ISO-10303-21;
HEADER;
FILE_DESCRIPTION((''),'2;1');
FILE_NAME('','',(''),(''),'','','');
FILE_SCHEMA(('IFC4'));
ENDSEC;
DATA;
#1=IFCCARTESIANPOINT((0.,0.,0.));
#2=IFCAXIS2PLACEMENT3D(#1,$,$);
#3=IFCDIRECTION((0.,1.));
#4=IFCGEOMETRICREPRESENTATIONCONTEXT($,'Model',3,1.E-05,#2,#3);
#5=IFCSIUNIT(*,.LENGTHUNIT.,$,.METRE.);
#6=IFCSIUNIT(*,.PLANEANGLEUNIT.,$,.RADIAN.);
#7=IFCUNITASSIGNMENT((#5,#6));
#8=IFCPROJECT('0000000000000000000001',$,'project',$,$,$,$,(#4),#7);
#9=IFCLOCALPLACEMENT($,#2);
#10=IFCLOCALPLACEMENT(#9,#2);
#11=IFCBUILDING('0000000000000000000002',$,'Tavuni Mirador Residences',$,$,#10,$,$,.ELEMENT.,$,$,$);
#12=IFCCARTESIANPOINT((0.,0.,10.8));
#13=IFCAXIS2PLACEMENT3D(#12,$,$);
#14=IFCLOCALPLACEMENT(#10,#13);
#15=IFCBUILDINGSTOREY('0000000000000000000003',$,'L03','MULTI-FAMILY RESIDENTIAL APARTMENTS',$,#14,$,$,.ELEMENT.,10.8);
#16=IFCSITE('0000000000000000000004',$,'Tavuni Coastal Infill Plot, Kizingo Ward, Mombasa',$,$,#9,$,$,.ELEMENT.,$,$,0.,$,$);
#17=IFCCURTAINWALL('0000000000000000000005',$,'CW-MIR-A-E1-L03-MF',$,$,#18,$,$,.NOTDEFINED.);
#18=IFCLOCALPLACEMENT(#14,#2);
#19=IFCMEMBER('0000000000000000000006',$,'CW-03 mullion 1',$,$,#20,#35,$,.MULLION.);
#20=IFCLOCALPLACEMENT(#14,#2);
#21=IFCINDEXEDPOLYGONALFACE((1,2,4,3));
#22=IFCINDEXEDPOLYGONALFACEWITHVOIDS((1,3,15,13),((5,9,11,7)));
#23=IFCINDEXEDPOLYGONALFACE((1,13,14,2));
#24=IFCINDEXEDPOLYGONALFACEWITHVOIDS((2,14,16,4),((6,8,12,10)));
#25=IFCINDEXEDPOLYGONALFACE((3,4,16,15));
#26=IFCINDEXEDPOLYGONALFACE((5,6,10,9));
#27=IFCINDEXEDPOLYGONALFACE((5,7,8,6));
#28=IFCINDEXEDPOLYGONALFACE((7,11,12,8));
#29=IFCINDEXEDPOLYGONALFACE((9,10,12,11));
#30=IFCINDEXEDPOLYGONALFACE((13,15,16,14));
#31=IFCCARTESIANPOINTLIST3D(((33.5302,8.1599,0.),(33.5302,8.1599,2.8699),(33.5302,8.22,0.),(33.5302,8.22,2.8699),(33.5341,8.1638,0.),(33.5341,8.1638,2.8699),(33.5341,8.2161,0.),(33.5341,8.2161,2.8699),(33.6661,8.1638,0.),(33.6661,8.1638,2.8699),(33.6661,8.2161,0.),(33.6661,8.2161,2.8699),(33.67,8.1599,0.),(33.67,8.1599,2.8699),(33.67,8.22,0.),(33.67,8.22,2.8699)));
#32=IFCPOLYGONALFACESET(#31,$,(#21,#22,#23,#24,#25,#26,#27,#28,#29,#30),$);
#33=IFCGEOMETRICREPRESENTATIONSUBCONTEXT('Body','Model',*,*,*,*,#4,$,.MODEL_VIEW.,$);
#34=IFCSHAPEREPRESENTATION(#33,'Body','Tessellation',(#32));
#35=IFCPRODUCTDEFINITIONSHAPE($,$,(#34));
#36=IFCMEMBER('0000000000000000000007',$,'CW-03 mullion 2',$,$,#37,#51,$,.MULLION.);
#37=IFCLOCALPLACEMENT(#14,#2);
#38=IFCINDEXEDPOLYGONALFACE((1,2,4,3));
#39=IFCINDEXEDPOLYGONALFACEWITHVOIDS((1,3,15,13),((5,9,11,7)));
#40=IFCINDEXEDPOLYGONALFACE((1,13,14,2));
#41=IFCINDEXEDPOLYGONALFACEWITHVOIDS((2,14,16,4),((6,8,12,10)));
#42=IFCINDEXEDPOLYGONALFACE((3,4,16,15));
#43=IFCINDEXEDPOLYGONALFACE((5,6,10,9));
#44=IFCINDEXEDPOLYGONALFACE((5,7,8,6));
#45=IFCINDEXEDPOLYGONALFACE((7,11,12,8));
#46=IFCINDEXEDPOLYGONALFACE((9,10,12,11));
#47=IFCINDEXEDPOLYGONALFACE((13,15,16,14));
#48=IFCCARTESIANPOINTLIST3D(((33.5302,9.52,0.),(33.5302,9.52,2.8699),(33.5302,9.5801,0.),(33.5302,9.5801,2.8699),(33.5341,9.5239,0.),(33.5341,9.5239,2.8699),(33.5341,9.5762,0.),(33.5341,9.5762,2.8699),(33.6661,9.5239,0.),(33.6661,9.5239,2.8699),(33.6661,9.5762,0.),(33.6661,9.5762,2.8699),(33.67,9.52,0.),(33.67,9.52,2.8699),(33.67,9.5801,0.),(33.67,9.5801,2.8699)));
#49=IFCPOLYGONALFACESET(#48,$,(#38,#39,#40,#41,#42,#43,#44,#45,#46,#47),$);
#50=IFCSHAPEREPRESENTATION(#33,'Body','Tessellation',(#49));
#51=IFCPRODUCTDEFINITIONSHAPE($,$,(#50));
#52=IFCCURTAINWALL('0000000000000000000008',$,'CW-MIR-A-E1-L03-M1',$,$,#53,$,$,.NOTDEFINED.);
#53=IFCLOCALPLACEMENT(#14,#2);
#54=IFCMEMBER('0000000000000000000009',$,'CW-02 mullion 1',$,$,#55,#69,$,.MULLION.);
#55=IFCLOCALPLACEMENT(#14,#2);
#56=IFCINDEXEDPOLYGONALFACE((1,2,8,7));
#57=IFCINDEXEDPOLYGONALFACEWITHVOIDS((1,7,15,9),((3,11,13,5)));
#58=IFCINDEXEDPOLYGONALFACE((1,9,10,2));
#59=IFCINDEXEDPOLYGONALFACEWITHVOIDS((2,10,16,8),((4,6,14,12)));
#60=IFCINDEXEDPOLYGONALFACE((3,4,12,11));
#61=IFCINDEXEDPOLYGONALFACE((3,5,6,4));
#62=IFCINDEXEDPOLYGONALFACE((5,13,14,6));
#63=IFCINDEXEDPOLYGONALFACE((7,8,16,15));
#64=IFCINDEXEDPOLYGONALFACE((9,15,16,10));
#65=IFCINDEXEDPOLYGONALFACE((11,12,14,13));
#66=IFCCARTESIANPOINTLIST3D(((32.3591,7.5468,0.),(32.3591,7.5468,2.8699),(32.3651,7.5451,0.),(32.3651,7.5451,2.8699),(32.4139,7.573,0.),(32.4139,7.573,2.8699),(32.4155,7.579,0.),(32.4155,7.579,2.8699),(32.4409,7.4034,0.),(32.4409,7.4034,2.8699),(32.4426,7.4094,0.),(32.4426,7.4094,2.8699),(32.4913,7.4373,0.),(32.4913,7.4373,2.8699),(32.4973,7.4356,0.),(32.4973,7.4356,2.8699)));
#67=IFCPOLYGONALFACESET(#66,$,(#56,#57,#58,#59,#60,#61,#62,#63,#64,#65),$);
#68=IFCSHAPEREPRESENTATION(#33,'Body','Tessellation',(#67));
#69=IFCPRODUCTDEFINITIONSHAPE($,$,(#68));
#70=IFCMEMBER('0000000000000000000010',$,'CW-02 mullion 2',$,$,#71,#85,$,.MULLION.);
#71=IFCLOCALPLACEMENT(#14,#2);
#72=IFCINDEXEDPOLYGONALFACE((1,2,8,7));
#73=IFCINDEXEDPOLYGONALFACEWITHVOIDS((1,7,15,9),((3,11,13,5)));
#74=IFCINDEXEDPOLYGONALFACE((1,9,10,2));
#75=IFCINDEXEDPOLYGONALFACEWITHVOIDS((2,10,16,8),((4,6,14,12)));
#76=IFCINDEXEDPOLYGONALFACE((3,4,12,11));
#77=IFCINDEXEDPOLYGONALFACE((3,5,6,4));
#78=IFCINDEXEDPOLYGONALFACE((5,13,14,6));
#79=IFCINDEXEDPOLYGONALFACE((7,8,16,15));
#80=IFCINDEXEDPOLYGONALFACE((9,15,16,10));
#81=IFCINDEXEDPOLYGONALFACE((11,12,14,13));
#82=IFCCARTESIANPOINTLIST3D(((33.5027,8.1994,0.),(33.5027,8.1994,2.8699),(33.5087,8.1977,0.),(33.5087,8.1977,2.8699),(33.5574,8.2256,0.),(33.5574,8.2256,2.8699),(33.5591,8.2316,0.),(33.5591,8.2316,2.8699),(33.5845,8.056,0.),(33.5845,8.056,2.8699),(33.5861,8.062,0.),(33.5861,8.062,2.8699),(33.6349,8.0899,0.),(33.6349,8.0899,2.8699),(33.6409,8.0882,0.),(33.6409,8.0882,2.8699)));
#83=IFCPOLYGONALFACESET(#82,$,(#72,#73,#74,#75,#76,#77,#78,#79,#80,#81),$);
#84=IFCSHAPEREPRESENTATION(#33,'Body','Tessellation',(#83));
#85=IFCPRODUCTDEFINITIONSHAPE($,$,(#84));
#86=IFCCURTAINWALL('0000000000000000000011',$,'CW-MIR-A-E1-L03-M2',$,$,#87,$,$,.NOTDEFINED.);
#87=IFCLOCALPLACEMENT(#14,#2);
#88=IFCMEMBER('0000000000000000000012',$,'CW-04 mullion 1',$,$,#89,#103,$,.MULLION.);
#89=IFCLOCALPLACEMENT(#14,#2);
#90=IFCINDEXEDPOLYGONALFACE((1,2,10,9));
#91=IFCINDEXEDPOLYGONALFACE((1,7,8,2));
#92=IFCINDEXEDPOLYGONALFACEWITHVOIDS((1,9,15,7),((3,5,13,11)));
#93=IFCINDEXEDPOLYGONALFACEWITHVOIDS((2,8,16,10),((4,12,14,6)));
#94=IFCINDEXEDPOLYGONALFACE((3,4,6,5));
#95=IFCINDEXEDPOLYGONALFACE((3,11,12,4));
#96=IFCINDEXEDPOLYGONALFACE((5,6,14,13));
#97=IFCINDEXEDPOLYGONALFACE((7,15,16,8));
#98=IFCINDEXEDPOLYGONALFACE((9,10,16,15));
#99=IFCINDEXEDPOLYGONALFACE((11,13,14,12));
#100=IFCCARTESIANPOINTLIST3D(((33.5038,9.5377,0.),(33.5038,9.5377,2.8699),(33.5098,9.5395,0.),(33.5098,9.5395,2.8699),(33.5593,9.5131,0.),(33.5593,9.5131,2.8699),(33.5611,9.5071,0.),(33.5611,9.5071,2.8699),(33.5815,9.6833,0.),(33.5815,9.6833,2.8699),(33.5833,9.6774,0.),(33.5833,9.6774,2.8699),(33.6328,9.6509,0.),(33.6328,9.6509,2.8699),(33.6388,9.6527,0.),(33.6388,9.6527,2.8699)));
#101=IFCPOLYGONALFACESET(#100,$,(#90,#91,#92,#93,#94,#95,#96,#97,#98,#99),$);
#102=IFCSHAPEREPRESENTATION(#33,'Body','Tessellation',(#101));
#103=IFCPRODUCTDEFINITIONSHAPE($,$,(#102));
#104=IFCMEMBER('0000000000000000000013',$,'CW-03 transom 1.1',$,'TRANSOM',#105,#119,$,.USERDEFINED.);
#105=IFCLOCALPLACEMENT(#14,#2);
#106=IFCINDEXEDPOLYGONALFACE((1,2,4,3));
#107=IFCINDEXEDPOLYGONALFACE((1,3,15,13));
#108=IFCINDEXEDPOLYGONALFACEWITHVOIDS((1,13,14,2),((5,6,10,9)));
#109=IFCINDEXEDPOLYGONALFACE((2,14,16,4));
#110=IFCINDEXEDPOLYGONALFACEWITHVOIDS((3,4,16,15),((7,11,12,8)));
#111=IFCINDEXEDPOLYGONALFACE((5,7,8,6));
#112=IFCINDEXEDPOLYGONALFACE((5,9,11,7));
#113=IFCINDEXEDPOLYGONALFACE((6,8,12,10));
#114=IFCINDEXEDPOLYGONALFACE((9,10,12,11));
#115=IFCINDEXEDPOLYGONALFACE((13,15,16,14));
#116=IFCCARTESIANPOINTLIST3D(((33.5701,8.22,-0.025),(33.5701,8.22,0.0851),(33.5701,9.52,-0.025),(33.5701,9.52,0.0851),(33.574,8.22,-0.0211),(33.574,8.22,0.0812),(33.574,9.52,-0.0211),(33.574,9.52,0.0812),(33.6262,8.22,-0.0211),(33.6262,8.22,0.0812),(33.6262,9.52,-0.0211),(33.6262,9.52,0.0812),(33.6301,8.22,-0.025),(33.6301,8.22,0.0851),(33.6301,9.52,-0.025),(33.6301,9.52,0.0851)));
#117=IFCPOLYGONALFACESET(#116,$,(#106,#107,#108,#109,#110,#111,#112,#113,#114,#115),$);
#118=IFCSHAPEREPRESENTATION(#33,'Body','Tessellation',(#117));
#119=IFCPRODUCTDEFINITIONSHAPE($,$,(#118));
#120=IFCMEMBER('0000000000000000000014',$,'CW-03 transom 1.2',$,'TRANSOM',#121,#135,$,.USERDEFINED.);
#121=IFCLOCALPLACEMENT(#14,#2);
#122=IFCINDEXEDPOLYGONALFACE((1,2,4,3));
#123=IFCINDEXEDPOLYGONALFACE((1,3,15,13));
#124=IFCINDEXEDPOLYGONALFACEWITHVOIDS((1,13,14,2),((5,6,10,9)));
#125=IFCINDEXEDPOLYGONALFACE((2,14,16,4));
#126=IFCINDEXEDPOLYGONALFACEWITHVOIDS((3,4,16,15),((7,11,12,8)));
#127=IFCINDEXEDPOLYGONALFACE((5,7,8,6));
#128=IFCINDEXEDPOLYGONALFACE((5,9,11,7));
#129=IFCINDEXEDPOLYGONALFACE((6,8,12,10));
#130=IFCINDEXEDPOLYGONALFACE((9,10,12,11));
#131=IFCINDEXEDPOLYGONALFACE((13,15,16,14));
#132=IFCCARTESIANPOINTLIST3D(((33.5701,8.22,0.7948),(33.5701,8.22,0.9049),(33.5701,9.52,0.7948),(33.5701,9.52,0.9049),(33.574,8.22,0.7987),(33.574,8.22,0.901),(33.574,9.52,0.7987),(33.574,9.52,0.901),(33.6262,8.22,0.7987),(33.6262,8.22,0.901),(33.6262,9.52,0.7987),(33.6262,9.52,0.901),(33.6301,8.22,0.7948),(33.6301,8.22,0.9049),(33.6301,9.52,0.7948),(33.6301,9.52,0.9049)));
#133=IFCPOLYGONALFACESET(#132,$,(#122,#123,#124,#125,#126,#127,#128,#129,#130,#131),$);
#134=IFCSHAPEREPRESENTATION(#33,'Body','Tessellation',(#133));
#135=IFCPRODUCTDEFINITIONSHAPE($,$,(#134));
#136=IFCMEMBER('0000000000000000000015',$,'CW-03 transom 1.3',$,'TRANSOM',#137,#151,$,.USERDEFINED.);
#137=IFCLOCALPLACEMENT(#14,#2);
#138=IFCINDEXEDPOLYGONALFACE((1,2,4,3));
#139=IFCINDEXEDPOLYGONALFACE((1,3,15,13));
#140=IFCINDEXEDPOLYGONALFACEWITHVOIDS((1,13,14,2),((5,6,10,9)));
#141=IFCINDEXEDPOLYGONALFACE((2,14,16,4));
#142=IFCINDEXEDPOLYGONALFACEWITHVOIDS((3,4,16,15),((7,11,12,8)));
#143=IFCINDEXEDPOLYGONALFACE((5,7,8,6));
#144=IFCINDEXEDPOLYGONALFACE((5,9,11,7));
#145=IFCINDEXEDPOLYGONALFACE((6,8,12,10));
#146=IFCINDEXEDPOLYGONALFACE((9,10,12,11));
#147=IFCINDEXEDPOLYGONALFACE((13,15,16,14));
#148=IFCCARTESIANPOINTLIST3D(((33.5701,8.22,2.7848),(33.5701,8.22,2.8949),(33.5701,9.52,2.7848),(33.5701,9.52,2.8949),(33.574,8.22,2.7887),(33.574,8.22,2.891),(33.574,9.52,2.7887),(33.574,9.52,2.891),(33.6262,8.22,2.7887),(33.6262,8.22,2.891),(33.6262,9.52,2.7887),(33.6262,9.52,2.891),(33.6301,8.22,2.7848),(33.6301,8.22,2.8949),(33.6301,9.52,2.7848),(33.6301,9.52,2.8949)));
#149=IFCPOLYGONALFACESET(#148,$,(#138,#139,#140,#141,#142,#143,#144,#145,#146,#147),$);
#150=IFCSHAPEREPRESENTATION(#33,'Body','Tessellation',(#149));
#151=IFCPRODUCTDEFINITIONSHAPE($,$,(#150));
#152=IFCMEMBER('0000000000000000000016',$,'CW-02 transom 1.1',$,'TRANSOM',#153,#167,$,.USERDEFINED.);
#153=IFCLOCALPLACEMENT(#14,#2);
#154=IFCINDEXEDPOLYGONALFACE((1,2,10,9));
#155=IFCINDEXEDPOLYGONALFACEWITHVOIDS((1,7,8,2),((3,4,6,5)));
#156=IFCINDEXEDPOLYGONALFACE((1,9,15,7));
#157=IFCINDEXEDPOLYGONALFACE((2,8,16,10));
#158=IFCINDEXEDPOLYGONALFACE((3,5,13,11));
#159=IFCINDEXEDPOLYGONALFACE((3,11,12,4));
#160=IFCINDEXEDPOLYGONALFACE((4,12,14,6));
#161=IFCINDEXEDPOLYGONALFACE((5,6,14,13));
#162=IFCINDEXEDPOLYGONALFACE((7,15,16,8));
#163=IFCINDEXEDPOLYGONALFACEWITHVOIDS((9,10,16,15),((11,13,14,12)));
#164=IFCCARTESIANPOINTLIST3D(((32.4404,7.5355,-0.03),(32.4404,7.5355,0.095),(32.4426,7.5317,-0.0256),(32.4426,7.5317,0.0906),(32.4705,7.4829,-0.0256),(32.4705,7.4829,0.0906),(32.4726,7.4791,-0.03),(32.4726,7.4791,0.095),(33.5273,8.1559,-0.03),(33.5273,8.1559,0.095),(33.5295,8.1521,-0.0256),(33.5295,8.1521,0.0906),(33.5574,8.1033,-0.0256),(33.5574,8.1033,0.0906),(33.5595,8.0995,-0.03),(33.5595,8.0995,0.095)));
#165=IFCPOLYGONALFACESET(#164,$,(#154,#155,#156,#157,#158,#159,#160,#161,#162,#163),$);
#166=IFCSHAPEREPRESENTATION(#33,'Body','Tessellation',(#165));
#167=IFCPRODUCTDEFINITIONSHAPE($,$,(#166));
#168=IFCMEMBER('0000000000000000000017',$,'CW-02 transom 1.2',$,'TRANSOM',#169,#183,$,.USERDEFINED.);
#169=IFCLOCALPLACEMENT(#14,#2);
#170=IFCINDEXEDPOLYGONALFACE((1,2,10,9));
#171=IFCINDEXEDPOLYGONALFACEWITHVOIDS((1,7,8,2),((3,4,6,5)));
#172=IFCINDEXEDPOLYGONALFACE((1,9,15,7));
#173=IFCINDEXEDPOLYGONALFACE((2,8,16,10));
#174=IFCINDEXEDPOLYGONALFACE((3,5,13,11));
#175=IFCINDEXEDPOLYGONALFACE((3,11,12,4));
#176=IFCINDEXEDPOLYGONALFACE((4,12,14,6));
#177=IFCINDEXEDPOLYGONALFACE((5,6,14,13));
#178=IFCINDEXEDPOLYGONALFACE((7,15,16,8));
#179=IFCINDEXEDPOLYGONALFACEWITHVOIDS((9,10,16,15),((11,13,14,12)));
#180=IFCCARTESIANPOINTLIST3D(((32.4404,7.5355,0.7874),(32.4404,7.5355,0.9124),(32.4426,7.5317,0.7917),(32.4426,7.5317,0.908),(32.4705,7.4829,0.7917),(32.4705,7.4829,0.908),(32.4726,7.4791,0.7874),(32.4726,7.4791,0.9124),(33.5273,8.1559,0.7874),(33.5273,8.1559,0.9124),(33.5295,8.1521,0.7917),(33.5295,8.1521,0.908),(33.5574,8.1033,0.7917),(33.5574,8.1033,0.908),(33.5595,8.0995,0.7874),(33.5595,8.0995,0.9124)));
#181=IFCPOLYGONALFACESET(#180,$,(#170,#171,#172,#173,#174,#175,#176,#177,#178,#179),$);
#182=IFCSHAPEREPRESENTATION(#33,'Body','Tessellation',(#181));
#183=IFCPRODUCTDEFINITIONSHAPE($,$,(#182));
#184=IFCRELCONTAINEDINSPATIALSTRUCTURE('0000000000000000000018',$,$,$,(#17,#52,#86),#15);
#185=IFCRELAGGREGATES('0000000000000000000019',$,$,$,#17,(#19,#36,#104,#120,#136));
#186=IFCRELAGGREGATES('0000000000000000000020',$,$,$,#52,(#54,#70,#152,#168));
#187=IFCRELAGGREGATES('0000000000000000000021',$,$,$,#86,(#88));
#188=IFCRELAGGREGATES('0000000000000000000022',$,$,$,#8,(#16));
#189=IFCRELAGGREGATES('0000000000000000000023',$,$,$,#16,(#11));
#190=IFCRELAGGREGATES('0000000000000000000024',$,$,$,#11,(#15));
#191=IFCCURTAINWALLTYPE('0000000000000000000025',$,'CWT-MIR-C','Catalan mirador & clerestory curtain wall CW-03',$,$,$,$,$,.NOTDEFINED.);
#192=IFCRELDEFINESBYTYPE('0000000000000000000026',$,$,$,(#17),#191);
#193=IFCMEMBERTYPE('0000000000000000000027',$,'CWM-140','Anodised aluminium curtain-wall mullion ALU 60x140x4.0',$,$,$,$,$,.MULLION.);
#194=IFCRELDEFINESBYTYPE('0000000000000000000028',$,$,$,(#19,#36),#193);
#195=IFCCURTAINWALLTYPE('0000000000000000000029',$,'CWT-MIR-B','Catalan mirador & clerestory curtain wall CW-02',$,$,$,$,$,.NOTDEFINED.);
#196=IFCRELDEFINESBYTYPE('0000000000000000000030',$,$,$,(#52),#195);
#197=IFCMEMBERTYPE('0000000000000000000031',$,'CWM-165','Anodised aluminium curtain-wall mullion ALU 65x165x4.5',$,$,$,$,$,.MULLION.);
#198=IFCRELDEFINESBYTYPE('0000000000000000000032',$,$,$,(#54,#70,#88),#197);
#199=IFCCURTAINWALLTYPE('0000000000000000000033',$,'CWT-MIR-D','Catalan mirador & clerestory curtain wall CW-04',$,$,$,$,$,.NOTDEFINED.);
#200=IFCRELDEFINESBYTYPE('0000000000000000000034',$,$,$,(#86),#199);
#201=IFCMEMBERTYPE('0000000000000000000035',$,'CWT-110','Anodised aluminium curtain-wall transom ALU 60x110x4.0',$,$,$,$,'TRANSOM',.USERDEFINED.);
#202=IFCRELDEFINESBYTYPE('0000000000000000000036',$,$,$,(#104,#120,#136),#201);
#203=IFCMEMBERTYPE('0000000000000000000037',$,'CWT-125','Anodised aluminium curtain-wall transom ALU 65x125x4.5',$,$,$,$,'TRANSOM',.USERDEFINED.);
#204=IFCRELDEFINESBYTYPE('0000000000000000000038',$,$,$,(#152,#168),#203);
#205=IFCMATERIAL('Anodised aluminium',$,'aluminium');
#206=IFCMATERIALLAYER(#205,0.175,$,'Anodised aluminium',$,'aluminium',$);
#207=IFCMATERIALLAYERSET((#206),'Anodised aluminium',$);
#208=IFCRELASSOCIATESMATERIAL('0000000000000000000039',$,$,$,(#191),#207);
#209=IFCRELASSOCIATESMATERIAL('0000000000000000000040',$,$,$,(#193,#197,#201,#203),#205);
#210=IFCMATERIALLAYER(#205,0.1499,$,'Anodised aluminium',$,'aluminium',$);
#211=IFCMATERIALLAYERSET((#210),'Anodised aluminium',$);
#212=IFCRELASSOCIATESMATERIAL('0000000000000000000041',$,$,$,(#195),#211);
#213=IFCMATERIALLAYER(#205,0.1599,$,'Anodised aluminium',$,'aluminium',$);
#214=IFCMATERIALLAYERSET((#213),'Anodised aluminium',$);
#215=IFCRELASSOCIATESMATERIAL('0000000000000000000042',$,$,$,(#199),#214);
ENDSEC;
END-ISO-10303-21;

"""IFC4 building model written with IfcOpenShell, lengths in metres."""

from ifc_helpers import new_model, si_unit, direction, frame, origin, origin_2d, place, context, subcontext, project, spatial, hollow_rectangle, extrude, material, layer, layer_set, material_profile, profile_set, type_object, element, aggregate, save


model = new_model("IFC4")

# Units and contexts
model_context = context("Model", 3, precision=1e-05, world=origin(), true_north=direction((0.0, 1.0)))
body_context = subcontext(model_context, "Body", "Model", "MODEL_VIEW")
ifc_project = project(units=[si_unit("LENGTHUNIT", "METRE"), si_unit("PLANEANGLEUNIT", "RADIAN")], contexts=[model_context])

# Site, building, storey
site_placement = place(None, origin())
site = spatial("IfcSite", under=ifc_project, at=site_placement, Name="Tavuni Coastal Infill Plot, Kizingo Ward, Mombasa", CompositionType="ELEMENT", RefElevation=0.0)
building_placement = place(site_placement, origin())
building = spatial("IfcBuilding", under=site, at=building_placement, Name="Tavuni Mirador Residences", CompositionType="ELEMENT")
storey_placement = place(building_placement, frame((0.0, 0.0, 10.8)))
storey = spatial("IfcBuildingStorey", under=building, at=storey_placement, Name="L03", Description="MULTI-FAMILY RESIDENTIAL APARTMENTS", CompositionType="ELEMENT", Elevation=10.8)

# Curtain walls, members
ifc_material_1 = material(Name="Anodised aluminium", Category="aluminium")
ifc_layer_1 = layer(ifc_material_1, 0.175, Name="Anodised aluminium", Category="aluminium")
ifc_layer_set_1 = layer_set([ifc_layer_1], Name="Anodised aluminium")
curtain_wall_type_1 = type_object("IfcCurtainWallType", Name="CWT-MIR-C", Description="Catalan mirador & clerestory curtain wall CW-03", PredefinedType="NOTDEFINED", material=ifc_layer_set_1)
curtain_wall_1_placement = place(storey_placement, origin())
curtain_wall_1 = element("IfcCurtainWall", 1, at=curtain_wall_1_placement, inside=storey, type_object=curtain_wall_type_1, Name="CW-MIR-A-E1-L03-MF", PredefinedType="NOTDEFINED")
ifc_material_profile_1 = material_profile(ifc_material_1, hollow_rectangle(XDim=0.0601, YDim=0.1399, WallThickness=0.0039, at=origin_2d()), Name="ALU 60x140x4.0", Category="aluminium")
ifc_profile_set_1 = profile_set([ifc_material_profile_1], Name="Anodised aluminium")
member_type_1 = type_object("IfcMemberType", Name="CWM-140", Description="Anodised aluminium curtain-wall mullion ALU 60x140x4.0", PredefinedType="MULLION", material=ifc_profile_set_1)
member_1_placement = place(storey_placement, frame((33.6001, 8.1899, 0.0), z_axis=(0.0, 0.0, 1.0), x_axis=(0.0, 1.0, 0.0)))
member_1 = element("IfcMember", 2, at=member_1_placement, type_object=member_type_1, Name="CW-03 mullion 1", PredefinedType="MULLION", context=body_context, shape_type="SweptSolid", body=[
    extrude(hollow_rectangle(XDim=0.0601, YDim=0.1399, WallThickness=0.0039, at=origin_2d()), origin(), (0.0, 0.0, 1.0), 2.8699),
])
member_2_placement = place(storey_placement, frame((33.6001, 9.55, 0.0), z_axis=(0.0, 0.0, 1.0), x_axis=(0.0, 1.0, 0.0)))
member_2 = element("IfcMember", 3, at=member_2_placement, type_object=member_type_1, Name="CW-03 mullion 2", PredefinedType="MULLION", context=body_context, shape_type="SweptSolid", body=[
    extrude(hollow_rectangle(XDim=0.0601, YDim=0.1399, WallThickness=0.0039, at=origin_2d()), origin(), (0.0, 0.0, 1.0), 2.8699),
])
ifc_layer_2 = layer(ifc_material_1, 0.1499, Name="Anodised aluminium", Category="aluminium")
ifc_layer_set_2 = layer_set([ifc_layer_2], Name="Anodised aluminium")
curtain_wall_type_2 = type_object("IfcCurtainWallType", Name="CWT-MIR-B", Description="Catalan mirador & clerestory curtain wall CW-02", PredefinedType="NOTDEFINED", material=ifc_layer_set_2)
curtain_wall_2_placement = place(storey_placement, origin())
curtain_wall_2 = element("IfcCurtainWall", 4, at=curtain_wall_2_placement, inside=storey, type_object=curtain_wall_type_2, Name="CW-MIR-A-E1-L03-M1", PredefinedType="NOTDEFINED")
ifc_material_profile_2 = material_profile(ifc_material_1, hollow_rectangle(XDim=0.0649, YDim=0.165, WallThickness=0.0044, at=origin_2d()), Name="ALU 65x165x4.5", Category="aluminium")
ifc_profile_set_2 = profile_set([ifc_material_profile_2], Name="Anodised aluminium")
member_type_2 = type_object("IfcMemberType", Name="CWM-165", Description="Anodised aluminium curtain-wall mullion ALU 65x165x4.5", PredefinedType="MULLION", material=ifc_profile_set_2)
member_3_placement = place(storey_placement, frame((32.4282, 7.4912, 0.0), z_axis=(0.0, 0.0, 1.0), x_axis=(0.868466, 0.495749, 0.0)))
member_3 = element("IfcMember", 5, at=member_3_placement, type_object=member_type_2, Name="CW-02 mullion 1", PredefinedType="MULLION", context=body_context, shape_type="SweptSolid", body=[
    extrude(hollow_rectangle(XDim=0.0649, YDim=0.165, WallThickness=0.0044, at=origin_2d()), origin(), (0.0, 0.0, 1.0), 2.8699),
])
member_4_placement = place(storey_placement, frame((33.5718, 8.1438, 0.0), z_axis=(0.0, 0.0, 1.0), x_axis=(0.868466, 0.495749, 0.0)))
member_4 = element("IfcMember", 6, at=member_4_placement, type_object=member_type_2, Name="CW-02 mullion 2", PredefinedType="MULLION", context=body_context, shape_type="SweptSolid", body=[
    extrude(hollow_rectangle(XDim=0.0649, YDim=0.165, WallThickness=0.0044, at=origin_2d()), origin(), (0.0, 0.0, 1.0), 2.8699),
])

# Curtain wall, member
ifc_layer_3 = layer(ifc_material_1, 0.1599, Name="Anodised aluminium", Category="aluminium")
ifc_layer_set_3 = layer_set([ifc_layer_3], Name="Anodised aluminium")
curtain_wall_type_3 = type_object("IfcCurtainWallType", Name="CWT-MIR-D", Description="Catalan mirador & clerestory curtain wall CW-04", PredefinedType="NOTDEFINED", material=ifc_layer_set_3)
curtain_wall_3_placement = place(storey_placement, origin())
curtain_wall_3 = element("IfcCurtainWall", 7, at=curtain_wall_3_placement, inside=storey, type_object=curtain_wall_type_3, Name="CW-MIR-A-E1-L03-M2", PredefinedType="NOTDEFINED")
member_5_placement = place(storey_placement, frame((33.5713, 9.5952, 0.0), z_axis=(0.0, 0.0, 1.0), x_axis=(-0.882353, 0.470588, 0.0)))
member_5 = element("IfcMember", 8, at=member_5_placement, type_object=member_type_2, Name="CW-04 mullion 1", PredefinedType="MULLION", context=body_context, shape_type="SweptSolid", body=[
    extrude(hollow_rectangle(XDim=0.0649, YDim=0.165, WallThickness=0.0044, at=origin_2d()), origin(), (0.0, 0.0, 1.0), 2.8699),
])

# Members
ifc_material_profile_3 = material_profile(ifc_material_1, hollow_rectangle(XDim=0.0601, YDim=0.1101, WallThickness=0.0039, at=origin_2d()), Name="ALU 60x110x4.0", Category="aluminium")
ifc_profile_set_3 = profile_set([ifc_material_profile_3], Name="Anodised aluminium")
member_type_3 = type_object("IfcMemberType", Name="CWT-110", Description="Anodised aluminium curtain-wall transom ALU 60x110x4.0", ElementType="TRANSOM", PredefinedType="USERDEFINED", material=ifc_profile_set_3)
member_6_placement = place(storey_placement, frame((33.6001, 8.22, 0.03), z_axis=(0.0, 1.0, 0.0), x_axis=(-1.0, 0.0, 0.0)))
member_6 = element("IfcMember", 9, at=member_6_placement, type_object=member_type_3, Name="CW-03 transom 1.1", ObjectType="TRANSOM", PredefinedType="USERDEFINED", context=body_context, shape_type="SweptSolid", body=[
    extrude(hollow_rectangle(XDim=0.0601, YDim=0.1101, WallThickness=0.0039, at=origin_2d()), origin(), (0.0, 0.0, 1.0), 1.3),
])
member_7_placement = place(storey_placement, frame((33.6001, 8.22, 0.8499), z_axis=(0.0, 1.0, 0.0), x_axis=(-1.0, 0.0, 0.0)))
member_7 = element("IfcMember", 10, at=member_7_placement, type_object=member_type_3, Name="CW-03 transom 1.2", ObjectType="TRANSOM", PredefinedType="USERDEFINED", context=body_context, shape_type="SweptSolid", body=[
    extrude(hollow_rectangle(XDim=0.0601, YDim=0.1101, WallThickness=0.0039, at=origin_2d()), origin(), (0.0, 0.0, 1.0), 1.3),
])
member_8_placement = place(storey_placement, frame((33.6001, 8.22, 2.8398), z_axis=(0.0, 1.0, 0.0), x_axis=(-1.0, 0.0, 0.0)))
member_8 = element("IfcMember", 11, at=member_8_placement, type_object=member_type_3, Name="CW-03 transom 1.3", ObjectType="TRANSOM", PredefinedType="USERDEFINED", context=body_context, shape_type="SweptSolid", body=[
    extrude(hollow_rectangle(XDim=0.0601, YDim=0.1101, WallThickness=0.0039, at=origin_2d()), origin(), (0.0, 0.0, 1.0), 1.3),
])
ifc_material_profile_4 = material_profile(ifc_material_1, hollow_rectangle(XDim=0.0649, YDim=0.125, WallThickness=0.0044, at=origin_2d()), Name="ALU 65x125x4.5", Category="aluminium")
ifc_profile_set_4 = profile_set([ifc_material_profile_4], Name="Anodised aluminium")
member_type_4 = type_object("IfcMemberType", Name="CWT-125", Description="Anodised aluminium curtain-wall transom ALU 65x125x4.5", ElementType="TRANSOM", PredefinedType="USERDEFINED", material=ifc_profile_set_4)
member_9_placement = place(storey_placement, frame((32.4565, 7.5073, 0.0325), z_axis=(0.868495, 0.495698, 0.0), x_axis=(-0.495698, 0.868495, 0.0)))
member_9 = element("IfcMember", 12, at=member_9_placement, type_object=member_type_4, Name="CW-02 transom 1.1", ObjectType="TRANSOM", PredefinedType="USERDEFINED", context=body_context, shape_type="SweptSolid", body=[
    extrude(hollow_rectangle(XDim=0.0649, YDim=0.125, WallThickness=0.0044, at=origin_2d()), origin(), (0.0, 0.0, 1.0), 1.2515),
])
member_10_placement = place(storey_placement, frame((32.4565, 7.5073, 0.8499), z_axis=(0.868495, 0.495698, 0.0), x_axis=(-0.495698, 0.868495, 0.0)))
member_10 = element("IfcMember", 13, at=member_10_placement, type_object=member_type_4, Name="CW-02 transom 1.2", ObjectType="TRANSOM", PredefinedType="USERDEFINED", context=body_context, shape_type="SweptSolid", body=[
    extrude(hollow_rectangle(XDim=0.0649, YDim=0.125, WallThickness=0.0044, at=origin_2d()), origin(), (0.0, 0.0, 1.0), 1.2515),
])

aggregate(curtain_wall_1, [member_1, member_2, member_6, member_7, member_8])
aggregate(curtain_wall_2, [member_3, member_4, member_9, member_10])
aggregate(curtain_wall_3, [member_5])

save(model, "model.ifc")
